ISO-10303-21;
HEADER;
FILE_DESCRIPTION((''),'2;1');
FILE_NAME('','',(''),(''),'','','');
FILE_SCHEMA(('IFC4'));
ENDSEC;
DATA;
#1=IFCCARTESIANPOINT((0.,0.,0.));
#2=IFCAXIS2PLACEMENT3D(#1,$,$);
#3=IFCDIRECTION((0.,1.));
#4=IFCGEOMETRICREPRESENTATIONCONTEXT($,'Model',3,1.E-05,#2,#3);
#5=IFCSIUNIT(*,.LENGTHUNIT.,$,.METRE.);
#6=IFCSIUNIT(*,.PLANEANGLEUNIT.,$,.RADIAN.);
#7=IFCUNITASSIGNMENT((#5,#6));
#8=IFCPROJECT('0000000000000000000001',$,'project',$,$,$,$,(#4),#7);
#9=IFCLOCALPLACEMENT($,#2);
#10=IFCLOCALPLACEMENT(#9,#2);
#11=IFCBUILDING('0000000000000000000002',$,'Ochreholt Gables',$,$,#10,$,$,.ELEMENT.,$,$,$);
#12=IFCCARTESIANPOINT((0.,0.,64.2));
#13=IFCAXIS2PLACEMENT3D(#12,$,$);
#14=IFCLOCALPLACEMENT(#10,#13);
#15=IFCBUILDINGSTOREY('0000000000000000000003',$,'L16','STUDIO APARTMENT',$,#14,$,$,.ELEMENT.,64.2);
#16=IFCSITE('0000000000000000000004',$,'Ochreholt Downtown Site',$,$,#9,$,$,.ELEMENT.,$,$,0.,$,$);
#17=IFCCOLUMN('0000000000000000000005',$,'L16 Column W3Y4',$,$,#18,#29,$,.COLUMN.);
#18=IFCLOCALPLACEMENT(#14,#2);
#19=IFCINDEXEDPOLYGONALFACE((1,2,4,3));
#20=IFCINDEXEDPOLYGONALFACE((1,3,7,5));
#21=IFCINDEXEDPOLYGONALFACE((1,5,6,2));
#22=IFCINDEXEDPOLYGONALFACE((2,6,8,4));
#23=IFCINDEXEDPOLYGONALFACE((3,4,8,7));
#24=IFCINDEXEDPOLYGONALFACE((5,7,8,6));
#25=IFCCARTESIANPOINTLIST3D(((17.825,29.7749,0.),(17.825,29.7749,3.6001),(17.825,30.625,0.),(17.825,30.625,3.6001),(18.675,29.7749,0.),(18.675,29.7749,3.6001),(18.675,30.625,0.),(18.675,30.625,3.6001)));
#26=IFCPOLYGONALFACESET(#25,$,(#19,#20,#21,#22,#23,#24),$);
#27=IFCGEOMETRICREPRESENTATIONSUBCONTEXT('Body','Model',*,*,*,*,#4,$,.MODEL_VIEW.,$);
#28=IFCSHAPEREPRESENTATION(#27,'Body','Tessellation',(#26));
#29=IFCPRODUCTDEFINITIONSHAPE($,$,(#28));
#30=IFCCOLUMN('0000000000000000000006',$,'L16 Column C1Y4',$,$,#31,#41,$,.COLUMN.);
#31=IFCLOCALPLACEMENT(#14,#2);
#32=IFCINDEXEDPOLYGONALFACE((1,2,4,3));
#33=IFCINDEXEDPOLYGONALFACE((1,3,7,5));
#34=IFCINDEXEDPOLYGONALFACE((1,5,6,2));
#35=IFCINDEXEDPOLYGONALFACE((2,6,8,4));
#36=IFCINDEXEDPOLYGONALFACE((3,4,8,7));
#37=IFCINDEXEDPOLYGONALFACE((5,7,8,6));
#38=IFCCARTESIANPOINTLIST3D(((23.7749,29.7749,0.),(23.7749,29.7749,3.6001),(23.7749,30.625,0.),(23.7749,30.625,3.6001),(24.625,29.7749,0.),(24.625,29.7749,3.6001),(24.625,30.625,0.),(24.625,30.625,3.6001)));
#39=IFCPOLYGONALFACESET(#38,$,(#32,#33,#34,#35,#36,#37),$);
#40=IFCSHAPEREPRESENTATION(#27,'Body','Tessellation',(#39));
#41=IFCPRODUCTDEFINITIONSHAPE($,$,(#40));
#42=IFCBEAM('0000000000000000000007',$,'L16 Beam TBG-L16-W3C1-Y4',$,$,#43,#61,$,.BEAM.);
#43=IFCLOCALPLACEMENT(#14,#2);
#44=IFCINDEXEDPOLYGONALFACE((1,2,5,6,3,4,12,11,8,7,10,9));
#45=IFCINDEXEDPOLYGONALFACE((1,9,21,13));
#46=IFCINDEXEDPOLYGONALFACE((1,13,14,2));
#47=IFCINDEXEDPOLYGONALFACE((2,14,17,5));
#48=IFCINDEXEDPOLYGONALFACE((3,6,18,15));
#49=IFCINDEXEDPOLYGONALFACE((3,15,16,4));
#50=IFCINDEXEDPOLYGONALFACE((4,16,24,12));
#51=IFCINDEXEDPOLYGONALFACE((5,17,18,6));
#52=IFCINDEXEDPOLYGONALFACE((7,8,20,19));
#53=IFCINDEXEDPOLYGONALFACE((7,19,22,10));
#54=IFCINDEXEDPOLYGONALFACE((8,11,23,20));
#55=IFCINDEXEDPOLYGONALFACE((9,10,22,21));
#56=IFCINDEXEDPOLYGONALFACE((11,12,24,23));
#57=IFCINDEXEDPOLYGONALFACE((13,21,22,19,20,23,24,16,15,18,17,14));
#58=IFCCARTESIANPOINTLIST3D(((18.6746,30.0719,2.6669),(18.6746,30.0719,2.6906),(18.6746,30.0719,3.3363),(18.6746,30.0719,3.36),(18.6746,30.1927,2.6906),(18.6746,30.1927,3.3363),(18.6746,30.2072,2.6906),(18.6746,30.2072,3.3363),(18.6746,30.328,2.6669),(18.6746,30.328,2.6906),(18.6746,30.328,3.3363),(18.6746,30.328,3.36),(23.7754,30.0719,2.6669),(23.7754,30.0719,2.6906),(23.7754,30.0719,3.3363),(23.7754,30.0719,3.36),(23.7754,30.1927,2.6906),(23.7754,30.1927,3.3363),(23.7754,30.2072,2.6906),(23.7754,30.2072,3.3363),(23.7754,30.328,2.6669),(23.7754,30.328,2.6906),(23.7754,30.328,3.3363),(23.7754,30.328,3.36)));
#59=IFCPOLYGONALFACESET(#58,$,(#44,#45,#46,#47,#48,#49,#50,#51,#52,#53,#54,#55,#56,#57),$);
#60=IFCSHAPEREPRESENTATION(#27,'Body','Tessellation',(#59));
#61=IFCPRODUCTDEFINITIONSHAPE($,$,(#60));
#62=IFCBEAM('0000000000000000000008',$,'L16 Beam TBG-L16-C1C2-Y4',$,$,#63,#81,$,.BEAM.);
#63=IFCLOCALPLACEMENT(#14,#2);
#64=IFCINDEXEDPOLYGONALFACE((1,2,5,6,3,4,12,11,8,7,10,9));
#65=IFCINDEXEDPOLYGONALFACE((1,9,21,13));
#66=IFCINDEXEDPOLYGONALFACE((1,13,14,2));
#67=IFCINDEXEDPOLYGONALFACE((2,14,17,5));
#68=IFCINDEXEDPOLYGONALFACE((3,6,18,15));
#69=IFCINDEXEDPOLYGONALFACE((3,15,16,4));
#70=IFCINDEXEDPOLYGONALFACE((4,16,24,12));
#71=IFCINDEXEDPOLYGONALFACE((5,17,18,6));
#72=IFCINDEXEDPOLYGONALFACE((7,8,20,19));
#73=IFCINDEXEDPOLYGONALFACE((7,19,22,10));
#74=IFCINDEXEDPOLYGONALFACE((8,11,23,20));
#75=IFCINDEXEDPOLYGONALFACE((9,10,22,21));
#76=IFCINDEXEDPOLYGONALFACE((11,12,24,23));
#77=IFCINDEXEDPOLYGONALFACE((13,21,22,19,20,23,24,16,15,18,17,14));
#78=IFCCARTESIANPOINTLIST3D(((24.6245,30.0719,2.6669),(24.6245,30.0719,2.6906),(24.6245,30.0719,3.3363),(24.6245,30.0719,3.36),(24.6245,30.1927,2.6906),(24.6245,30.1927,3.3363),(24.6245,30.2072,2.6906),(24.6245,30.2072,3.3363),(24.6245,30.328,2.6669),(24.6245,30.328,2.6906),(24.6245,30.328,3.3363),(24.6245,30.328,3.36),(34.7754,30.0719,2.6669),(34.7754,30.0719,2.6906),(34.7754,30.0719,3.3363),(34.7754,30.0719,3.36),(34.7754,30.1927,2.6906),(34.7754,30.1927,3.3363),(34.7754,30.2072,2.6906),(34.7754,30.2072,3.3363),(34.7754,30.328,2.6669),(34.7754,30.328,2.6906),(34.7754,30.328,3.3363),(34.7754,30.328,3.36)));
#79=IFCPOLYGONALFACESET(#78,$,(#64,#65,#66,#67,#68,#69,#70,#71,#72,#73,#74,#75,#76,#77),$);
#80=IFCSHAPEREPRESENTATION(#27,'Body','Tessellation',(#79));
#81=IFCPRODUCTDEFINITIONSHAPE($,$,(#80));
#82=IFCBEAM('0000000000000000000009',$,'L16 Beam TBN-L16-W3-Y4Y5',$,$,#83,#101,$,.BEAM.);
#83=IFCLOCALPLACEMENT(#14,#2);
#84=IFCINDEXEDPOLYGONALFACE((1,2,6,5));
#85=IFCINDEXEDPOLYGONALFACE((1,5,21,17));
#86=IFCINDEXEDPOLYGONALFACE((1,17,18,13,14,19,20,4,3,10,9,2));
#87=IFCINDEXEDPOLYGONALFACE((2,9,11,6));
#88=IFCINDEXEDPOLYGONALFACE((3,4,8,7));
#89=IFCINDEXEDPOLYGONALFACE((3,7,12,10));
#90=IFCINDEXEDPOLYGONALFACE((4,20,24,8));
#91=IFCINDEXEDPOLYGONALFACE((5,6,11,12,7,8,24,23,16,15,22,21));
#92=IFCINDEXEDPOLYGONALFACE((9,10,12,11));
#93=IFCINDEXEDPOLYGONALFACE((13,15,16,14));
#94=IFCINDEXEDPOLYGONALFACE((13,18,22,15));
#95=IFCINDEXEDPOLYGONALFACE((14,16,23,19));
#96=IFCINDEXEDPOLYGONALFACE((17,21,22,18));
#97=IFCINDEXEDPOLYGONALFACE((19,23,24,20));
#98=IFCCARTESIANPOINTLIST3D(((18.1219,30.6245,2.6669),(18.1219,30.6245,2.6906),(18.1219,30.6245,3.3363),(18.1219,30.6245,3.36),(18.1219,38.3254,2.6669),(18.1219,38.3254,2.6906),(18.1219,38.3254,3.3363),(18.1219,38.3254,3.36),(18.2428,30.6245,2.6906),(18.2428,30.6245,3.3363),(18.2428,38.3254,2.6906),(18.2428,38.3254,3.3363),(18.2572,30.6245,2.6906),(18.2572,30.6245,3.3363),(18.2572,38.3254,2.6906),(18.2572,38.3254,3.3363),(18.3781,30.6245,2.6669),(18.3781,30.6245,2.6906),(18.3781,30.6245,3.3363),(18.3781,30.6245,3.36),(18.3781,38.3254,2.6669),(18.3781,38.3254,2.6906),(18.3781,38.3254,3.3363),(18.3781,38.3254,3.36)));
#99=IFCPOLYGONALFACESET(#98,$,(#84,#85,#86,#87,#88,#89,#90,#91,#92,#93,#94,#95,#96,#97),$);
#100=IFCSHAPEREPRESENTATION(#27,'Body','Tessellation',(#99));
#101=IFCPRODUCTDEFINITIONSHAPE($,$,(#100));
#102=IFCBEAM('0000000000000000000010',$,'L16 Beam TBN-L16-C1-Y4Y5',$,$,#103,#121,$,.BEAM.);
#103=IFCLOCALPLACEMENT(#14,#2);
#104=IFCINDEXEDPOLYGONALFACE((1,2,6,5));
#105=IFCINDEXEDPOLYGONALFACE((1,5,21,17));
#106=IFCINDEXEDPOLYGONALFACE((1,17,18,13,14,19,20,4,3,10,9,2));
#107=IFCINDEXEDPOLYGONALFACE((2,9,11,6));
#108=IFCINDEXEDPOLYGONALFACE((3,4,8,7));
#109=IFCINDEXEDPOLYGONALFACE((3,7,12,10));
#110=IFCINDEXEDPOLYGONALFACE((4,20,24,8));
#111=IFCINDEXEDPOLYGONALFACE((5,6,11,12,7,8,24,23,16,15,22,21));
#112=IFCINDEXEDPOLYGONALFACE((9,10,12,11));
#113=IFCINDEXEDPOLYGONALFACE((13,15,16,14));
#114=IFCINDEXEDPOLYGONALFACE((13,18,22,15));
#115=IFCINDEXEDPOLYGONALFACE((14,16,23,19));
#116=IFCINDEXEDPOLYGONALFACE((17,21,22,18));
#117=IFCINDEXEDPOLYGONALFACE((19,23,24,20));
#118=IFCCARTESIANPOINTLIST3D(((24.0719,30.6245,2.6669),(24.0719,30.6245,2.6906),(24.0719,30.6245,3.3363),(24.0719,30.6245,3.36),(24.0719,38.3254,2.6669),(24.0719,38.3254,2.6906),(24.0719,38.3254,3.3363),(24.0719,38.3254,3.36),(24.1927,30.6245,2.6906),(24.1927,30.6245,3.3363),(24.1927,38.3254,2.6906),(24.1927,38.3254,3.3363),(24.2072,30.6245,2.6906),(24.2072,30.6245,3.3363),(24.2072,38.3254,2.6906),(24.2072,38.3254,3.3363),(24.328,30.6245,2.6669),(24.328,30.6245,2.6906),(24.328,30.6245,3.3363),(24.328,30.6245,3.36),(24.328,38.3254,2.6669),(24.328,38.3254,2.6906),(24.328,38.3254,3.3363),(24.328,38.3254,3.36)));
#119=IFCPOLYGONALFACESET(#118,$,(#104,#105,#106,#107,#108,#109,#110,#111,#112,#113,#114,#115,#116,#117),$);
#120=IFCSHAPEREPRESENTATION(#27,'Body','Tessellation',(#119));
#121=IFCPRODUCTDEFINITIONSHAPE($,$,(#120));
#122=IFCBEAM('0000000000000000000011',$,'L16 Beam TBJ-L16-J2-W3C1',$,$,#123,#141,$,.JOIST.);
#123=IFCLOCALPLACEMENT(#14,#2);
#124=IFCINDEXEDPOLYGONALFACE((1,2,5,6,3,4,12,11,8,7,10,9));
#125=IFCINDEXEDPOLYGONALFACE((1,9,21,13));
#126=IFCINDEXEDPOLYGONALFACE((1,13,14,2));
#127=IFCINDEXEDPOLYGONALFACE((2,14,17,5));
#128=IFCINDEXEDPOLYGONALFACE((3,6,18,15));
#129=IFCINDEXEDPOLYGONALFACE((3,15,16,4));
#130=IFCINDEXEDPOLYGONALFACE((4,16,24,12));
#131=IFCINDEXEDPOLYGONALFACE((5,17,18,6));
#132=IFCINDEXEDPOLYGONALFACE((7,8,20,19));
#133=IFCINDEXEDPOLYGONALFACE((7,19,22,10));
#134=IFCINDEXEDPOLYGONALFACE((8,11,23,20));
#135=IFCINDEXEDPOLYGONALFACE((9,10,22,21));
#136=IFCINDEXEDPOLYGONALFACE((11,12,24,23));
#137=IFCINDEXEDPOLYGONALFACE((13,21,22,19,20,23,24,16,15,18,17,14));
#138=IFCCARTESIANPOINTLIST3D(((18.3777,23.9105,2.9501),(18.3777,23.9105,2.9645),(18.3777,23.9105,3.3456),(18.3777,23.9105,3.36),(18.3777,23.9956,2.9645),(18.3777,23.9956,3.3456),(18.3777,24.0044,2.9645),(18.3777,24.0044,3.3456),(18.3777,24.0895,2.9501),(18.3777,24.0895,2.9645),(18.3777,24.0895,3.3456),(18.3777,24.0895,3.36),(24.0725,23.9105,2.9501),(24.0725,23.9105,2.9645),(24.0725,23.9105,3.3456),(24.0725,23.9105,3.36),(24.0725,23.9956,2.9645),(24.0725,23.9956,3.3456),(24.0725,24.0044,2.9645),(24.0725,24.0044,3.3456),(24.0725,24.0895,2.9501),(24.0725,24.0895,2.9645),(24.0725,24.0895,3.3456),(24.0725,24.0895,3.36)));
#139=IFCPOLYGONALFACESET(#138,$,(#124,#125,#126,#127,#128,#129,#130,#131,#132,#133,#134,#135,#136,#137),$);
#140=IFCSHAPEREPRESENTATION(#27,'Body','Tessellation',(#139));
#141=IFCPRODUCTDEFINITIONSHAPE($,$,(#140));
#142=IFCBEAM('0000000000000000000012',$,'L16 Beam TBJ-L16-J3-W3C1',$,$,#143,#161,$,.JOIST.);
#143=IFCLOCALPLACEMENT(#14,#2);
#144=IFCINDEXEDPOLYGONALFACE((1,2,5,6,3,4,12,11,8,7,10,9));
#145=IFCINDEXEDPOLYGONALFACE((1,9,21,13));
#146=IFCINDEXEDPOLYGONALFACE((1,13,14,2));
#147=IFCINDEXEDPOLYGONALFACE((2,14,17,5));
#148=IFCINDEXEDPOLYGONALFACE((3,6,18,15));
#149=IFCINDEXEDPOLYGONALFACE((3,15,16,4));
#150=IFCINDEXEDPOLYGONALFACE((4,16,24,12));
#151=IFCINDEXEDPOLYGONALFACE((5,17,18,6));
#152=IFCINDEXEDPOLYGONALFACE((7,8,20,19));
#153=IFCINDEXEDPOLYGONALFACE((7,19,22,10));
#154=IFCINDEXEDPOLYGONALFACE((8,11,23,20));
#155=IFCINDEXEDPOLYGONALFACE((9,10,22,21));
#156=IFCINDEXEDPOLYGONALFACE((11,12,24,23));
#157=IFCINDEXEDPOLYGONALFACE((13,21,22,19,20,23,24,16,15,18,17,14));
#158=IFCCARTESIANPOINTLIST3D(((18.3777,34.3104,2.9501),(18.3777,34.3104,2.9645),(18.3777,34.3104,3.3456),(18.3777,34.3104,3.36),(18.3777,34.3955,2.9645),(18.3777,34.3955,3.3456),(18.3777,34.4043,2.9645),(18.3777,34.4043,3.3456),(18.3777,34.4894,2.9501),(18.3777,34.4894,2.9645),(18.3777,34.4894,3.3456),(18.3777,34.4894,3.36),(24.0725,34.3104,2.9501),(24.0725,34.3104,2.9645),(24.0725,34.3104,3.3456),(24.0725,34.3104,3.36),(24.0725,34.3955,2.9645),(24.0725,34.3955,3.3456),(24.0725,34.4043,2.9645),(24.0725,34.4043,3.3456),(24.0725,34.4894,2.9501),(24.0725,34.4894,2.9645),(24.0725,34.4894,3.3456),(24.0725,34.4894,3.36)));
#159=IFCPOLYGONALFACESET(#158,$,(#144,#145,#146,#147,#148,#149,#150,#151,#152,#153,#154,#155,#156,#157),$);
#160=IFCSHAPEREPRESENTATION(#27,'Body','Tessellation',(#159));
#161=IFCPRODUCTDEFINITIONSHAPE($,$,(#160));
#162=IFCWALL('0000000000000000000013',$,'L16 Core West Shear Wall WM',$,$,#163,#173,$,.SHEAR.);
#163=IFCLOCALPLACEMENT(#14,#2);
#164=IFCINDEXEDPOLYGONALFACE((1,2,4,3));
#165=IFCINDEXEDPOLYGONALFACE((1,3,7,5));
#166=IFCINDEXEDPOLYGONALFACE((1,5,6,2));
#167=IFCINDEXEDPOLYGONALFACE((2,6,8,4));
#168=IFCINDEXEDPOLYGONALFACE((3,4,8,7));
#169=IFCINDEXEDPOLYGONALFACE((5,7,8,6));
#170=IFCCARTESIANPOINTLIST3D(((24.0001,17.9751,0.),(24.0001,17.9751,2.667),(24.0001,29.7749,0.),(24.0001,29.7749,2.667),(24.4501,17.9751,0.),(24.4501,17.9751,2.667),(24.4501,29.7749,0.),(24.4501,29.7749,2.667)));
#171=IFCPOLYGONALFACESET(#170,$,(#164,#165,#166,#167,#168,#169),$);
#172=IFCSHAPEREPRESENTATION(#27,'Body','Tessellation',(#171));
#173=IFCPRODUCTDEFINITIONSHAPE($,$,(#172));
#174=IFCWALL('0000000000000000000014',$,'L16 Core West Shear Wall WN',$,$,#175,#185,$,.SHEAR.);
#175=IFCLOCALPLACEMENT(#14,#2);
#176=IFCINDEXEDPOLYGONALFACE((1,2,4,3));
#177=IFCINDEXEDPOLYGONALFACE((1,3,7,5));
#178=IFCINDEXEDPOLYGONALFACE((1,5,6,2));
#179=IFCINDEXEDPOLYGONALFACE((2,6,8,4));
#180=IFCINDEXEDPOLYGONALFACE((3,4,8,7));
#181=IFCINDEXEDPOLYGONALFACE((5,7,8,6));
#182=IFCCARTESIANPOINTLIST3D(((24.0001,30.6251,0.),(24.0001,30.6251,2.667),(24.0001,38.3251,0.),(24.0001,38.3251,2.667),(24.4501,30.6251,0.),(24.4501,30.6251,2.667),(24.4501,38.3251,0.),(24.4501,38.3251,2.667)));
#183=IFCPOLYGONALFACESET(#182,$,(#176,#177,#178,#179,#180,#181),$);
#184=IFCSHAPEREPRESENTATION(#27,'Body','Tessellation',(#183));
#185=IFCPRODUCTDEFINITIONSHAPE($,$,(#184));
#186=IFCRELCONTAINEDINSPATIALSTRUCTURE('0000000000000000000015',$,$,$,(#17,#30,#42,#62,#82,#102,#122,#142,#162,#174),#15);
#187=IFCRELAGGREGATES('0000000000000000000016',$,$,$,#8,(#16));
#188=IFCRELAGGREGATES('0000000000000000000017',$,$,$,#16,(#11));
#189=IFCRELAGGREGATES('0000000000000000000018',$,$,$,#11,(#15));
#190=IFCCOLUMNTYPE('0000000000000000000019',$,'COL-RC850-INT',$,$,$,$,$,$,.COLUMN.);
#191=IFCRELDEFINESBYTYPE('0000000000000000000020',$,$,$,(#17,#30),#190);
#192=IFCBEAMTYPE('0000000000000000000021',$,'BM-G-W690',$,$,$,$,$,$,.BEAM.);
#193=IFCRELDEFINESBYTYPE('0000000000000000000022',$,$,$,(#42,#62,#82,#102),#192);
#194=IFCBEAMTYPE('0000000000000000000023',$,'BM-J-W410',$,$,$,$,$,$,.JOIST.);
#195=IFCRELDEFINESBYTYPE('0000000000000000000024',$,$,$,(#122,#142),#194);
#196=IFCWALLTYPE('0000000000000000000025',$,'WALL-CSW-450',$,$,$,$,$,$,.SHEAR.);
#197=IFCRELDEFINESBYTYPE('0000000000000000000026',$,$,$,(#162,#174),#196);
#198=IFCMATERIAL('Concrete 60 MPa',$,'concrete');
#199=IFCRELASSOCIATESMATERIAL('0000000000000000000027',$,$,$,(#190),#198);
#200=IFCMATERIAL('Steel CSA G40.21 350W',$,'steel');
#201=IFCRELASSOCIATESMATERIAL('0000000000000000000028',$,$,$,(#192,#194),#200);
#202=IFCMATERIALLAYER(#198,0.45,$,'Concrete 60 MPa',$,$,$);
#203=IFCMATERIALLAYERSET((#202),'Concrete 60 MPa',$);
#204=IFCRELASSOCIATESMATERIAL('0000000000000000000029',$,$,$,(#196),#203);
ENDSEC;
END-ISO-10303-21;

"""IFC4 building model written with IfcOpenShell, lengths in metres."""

from ifc_helpers import new_model, si_unit, direction, frame, frame_2d, origin, origin_2d, place, context, subcontext, project, spatial, rectangle, i_section, extrude, material, layer, layer_set, material_profile, profile_set, type_object, element, save


model = new_model("IFC4")

# Units and contexts
model_context = context("Model", 3, precision=1e-05, world=origin(), true_north=direction((0.0, 1.0)))
body_context = subcontext(model_context, "Body", "Model", "MODEL_VIEW")
ifc_project = project(units=[si_unit("LENGTHUNIT", "METRE"), si_unit("PLANEANGLEUNIT", "RADIAN")], contexts=[model_context])

# Site, building, storey
site_placement = place(None, origin())
site = spatial("IfcSite", under=ifc_project, at=site_placement, Name="Ochreholt Downtown Site", CompositionType="ELEMENT", RefElevation=0.0)
building_placement = place(site_placement, origin())
building = spatial("IfcBuilding", under=site, at=building_placement, Name="Ochreholt Gables", CompositionType="ELEMENT")
storey_placement = place(building_placement, frame((0.0, 0.0, 64.2)))
storey = spatial("IfcBuildingStorey", under=building, at=storey_placement, Name="L16", Description="STUDIO APARTMENT", CompositionType="ELEMENT", Elevation=64.2)

# Columns
ifc_material_1 = material(Name="Concrete 60 MPa", Category="concrete")
ifc_material_profile_1 = material_profile(ifc_material_1, rectangle(XDim=0.8501, YDim=0.8501, at=origin_2d()), Name="RC850X850")
ifc_profile_set_1 = profile_set([ifc_material_profile_1], Name="Concrete 60 MPa")
column_type = type_object("IfcColumnType", Name="COL-RC850-INT", PredefinedType="COLUMN", material=ifc_profile_set_1)
for number, where, z_axis, x_axis, name in (
    (1, (18.25, 30.2, 0.0), (0.0, 0.0, 1.0), (1.0, 0.0, 0.0), "L16 Column W3Y4"),
    (2, (24.2, 30.2, 0.0), (0.0, 0.0, 1.0), (1.0, 0.0, 0.0), "L16 Column C1Y4"),
):
    element("IfcColumn", number, at=place(storey_placement, frame(where, z_axis=z_axis, x_axis=x_axis)), inside=storey, type_object=column_type, Name=name, PredefinedType="COLUMN", context=body_context, shape_type="SweptSolid", body=[
        extrude(rectangle(XDim=0.8501, YDim=0.8501, at=origin_2d()), origin(), (0.0, 0.0, 1.0), 3.6001),
    ])

# Beams
ifc_material_2 = material(Name="Steel CSA G40.21 350W", Category="steel")
ifc_material_profile_2 = material_profile(ifc_material_2, i_section(OverallWidth=0.2561, OverallDepth=0.6931, WebThickness=0.0144, FlangeThickness=0.0237, at=origin_2d()), Name="W690X170")
ifc_profile_set_2 = profile_set([ifc_material_profile_2], Name="Steel CSA G40.21 350W")
beam_type_1 = type_object("IfcBeamType", Name="BM-G-W690", PredefinedType="BEAM", material=ifc_profile_set_2)
beam_1_placement = place(storey_placement, frame((18.6746, 30.2, 3.0134), z_axis=(1.0, 0.0, 0.0), x_axis=(0.0, 1.0, 0.0)))
element("IfcBeam", 3, at=beam_1_placement, inside=storey, type_object=beam_type_1, Name="L16 Beam TBG-L16-W3C1-Y4", PredefinedType="BEAM", context=body_context, shape_type="SweptSolid", body=[
    extrude(i_section(OverallWidth=0.2561, OverallDepth=0.6931, WebThickness=0.0144, FlangeThickness=0.0237, at=origin_2d()), origin(), (0.0, 0.0, 1.0), 5.1008),
])
beam_2_placement = place(storey_placement, frame((24.6245, 30.2, 3.0134), z_axis=(1.0, 0.0, 0.0), x_axis=(0.0, 1.0, 0.0)))
element("IfcBeam", 4, at=beam_2_placement, inside=storey, type_object=beam_type_1, Name="L16 Beam TBG-L16-C1C2-Y4", PredefinedType="BEAM", context=body_context, shape_type="SweptSolid", body=[
    extrude(i_section(OverallWidth=0.2561, OverallDepth=0.6931, WebThickness=0.0144, FlangeThickness=0.0237, at=origin_2d()), origin(), (0.0, 0.0, 1.0), 10.1509),
])
for number, where, z_axis, x_axis, name in (
    (5, (18.25, 30.6245, 3.0134), (0.0, 1.0, 0.0), (-1.0, 0.0, 0.0), "L16 Beam TBN-L16-W3-Y4Y5"),
    (6, (24.2, 30.6245, 3.0134), (0.0, 1.0, 0.0), (-1.0, 0.0, 0.0), "L16 Beam TBN-L16-C1-Y4Y5"),
):
    element("IfcBeam", number, at=place(storey_placement, frame(where, z_axis=z_axis, x_axis=x_axis)), inside=storey, type_object=beam_type_1, Name=name, PredefinedType="BEAM", context=body_context, shape_type="SweptSolid", body=[
        extrude(i_section(OverallWidth=0.2561, OverallDepth=0.6931, WebThickness=0.0144, FlangeThickness=0.0237, at=origin_2d()), origin(), (0.0, 0.0, 1.0), 7.7009),
    ])
ifc_material_profile_3 = material_profile(ifc_material_2, i_section(OverallWidth=0.179, OverallDepth=0.4099, WebThickness=0.0088, FlangeThickness=0.0144, at=origin_2d()), Name="W410X67")
ifc_profile_set_3 = profile_set([ifc_material_profile_3], Name="Steel CSA G40.21 350W")
beam_type_2 = type_object("IfcBeamType", Name="BM-J-W410", PredefinedType="JOIST", material=ifc_profile_set_3)
for number, where, z_axis, x_axis, name in (
    (7, (18.3777, 24.0, 3.155), (1.0, 0.0, 0.0), (0.0, 1.0, 0.0), "L16 Beam TBJ-L16-J2-W3C1"),
    (8, (18.3777, 34.3999, 3.155), (1.0, 0.0, 0.0), (0.0, 1.0, 0.0), "L16 Beam TBJ-L16-J3-W3C1"),
):
    element("IfcBeam", number, at=place(storey_placement, frame(where, z_axis=z_axis, x_axis=x_axis)), inside=storey, type_object=beam_type_2, Name=name, PredefinedType="JOIST", context=body_context, shape_type="SweptSolid", body=[
        extrude(i_section(OverallWidth=0.179, OverallDepth=0.4099, WebThickness=0.0088, FlangeThickness=0.0144, at=origin_2d()), origin(), (0.0, 0.0, 1.0), 5.6948),
    ])

# Walls
ifc_layer_1 = layer(ifc_material_1, 0.45, Name="Concrete 60 MPa")
ifc_layer_set_1 = layer_set([ifc_layer_1], Name="Concrete 60 MPa")
wall_type_1 = type_object("IfcWallType", Name="WALL-CSW-450", PredefinedType="SHEAR", material=ifc_layer_set_1)
wall_1_placement = place(storey_placement, frame((24.2251, 17.9751, 0.0), z_axis=(0.0, 0.0, 1.0), x_axis=(0.0, 1.0, 0.0)))
element("IfcWall", 9, at=wall_1_placement, inside=storey, type_object=wall_type_1, Name="L16 Core West Shear Wall WM", PredefinedType="SHEAR", context=body_context, shape_type="SweptSolid", body=[
    extrude(rectangle(XDim=11.7998, YDim=0.45, at=frame_2d((5.8999, 0.0))), origin(), (0.0, 0.0, 1.0), 2.667),
])
wall_2_placement = place(storey_placement, frame((24.2251, 30.625, 0.0), z_axis=(0.0, 0.0, 1.0), x_axis=(0.0, 1.0, 0.0)))
element("IfcWall", 10, at=wall_2_placement, inside=storey, type_object=wall_type_1, Name="L16 Core West Shear Wall WN", PredefinedType="SHEAR", context=body_context, shape_type="SweptSolid", body=[
    extrude(rectangle(XDim=7.7, YDim=0.45, at=frame_2d((3.8501, 0.0))), origin(), (0.0, 0.0, 1.0), 2.667),
])

save(model, "model.ifc")
